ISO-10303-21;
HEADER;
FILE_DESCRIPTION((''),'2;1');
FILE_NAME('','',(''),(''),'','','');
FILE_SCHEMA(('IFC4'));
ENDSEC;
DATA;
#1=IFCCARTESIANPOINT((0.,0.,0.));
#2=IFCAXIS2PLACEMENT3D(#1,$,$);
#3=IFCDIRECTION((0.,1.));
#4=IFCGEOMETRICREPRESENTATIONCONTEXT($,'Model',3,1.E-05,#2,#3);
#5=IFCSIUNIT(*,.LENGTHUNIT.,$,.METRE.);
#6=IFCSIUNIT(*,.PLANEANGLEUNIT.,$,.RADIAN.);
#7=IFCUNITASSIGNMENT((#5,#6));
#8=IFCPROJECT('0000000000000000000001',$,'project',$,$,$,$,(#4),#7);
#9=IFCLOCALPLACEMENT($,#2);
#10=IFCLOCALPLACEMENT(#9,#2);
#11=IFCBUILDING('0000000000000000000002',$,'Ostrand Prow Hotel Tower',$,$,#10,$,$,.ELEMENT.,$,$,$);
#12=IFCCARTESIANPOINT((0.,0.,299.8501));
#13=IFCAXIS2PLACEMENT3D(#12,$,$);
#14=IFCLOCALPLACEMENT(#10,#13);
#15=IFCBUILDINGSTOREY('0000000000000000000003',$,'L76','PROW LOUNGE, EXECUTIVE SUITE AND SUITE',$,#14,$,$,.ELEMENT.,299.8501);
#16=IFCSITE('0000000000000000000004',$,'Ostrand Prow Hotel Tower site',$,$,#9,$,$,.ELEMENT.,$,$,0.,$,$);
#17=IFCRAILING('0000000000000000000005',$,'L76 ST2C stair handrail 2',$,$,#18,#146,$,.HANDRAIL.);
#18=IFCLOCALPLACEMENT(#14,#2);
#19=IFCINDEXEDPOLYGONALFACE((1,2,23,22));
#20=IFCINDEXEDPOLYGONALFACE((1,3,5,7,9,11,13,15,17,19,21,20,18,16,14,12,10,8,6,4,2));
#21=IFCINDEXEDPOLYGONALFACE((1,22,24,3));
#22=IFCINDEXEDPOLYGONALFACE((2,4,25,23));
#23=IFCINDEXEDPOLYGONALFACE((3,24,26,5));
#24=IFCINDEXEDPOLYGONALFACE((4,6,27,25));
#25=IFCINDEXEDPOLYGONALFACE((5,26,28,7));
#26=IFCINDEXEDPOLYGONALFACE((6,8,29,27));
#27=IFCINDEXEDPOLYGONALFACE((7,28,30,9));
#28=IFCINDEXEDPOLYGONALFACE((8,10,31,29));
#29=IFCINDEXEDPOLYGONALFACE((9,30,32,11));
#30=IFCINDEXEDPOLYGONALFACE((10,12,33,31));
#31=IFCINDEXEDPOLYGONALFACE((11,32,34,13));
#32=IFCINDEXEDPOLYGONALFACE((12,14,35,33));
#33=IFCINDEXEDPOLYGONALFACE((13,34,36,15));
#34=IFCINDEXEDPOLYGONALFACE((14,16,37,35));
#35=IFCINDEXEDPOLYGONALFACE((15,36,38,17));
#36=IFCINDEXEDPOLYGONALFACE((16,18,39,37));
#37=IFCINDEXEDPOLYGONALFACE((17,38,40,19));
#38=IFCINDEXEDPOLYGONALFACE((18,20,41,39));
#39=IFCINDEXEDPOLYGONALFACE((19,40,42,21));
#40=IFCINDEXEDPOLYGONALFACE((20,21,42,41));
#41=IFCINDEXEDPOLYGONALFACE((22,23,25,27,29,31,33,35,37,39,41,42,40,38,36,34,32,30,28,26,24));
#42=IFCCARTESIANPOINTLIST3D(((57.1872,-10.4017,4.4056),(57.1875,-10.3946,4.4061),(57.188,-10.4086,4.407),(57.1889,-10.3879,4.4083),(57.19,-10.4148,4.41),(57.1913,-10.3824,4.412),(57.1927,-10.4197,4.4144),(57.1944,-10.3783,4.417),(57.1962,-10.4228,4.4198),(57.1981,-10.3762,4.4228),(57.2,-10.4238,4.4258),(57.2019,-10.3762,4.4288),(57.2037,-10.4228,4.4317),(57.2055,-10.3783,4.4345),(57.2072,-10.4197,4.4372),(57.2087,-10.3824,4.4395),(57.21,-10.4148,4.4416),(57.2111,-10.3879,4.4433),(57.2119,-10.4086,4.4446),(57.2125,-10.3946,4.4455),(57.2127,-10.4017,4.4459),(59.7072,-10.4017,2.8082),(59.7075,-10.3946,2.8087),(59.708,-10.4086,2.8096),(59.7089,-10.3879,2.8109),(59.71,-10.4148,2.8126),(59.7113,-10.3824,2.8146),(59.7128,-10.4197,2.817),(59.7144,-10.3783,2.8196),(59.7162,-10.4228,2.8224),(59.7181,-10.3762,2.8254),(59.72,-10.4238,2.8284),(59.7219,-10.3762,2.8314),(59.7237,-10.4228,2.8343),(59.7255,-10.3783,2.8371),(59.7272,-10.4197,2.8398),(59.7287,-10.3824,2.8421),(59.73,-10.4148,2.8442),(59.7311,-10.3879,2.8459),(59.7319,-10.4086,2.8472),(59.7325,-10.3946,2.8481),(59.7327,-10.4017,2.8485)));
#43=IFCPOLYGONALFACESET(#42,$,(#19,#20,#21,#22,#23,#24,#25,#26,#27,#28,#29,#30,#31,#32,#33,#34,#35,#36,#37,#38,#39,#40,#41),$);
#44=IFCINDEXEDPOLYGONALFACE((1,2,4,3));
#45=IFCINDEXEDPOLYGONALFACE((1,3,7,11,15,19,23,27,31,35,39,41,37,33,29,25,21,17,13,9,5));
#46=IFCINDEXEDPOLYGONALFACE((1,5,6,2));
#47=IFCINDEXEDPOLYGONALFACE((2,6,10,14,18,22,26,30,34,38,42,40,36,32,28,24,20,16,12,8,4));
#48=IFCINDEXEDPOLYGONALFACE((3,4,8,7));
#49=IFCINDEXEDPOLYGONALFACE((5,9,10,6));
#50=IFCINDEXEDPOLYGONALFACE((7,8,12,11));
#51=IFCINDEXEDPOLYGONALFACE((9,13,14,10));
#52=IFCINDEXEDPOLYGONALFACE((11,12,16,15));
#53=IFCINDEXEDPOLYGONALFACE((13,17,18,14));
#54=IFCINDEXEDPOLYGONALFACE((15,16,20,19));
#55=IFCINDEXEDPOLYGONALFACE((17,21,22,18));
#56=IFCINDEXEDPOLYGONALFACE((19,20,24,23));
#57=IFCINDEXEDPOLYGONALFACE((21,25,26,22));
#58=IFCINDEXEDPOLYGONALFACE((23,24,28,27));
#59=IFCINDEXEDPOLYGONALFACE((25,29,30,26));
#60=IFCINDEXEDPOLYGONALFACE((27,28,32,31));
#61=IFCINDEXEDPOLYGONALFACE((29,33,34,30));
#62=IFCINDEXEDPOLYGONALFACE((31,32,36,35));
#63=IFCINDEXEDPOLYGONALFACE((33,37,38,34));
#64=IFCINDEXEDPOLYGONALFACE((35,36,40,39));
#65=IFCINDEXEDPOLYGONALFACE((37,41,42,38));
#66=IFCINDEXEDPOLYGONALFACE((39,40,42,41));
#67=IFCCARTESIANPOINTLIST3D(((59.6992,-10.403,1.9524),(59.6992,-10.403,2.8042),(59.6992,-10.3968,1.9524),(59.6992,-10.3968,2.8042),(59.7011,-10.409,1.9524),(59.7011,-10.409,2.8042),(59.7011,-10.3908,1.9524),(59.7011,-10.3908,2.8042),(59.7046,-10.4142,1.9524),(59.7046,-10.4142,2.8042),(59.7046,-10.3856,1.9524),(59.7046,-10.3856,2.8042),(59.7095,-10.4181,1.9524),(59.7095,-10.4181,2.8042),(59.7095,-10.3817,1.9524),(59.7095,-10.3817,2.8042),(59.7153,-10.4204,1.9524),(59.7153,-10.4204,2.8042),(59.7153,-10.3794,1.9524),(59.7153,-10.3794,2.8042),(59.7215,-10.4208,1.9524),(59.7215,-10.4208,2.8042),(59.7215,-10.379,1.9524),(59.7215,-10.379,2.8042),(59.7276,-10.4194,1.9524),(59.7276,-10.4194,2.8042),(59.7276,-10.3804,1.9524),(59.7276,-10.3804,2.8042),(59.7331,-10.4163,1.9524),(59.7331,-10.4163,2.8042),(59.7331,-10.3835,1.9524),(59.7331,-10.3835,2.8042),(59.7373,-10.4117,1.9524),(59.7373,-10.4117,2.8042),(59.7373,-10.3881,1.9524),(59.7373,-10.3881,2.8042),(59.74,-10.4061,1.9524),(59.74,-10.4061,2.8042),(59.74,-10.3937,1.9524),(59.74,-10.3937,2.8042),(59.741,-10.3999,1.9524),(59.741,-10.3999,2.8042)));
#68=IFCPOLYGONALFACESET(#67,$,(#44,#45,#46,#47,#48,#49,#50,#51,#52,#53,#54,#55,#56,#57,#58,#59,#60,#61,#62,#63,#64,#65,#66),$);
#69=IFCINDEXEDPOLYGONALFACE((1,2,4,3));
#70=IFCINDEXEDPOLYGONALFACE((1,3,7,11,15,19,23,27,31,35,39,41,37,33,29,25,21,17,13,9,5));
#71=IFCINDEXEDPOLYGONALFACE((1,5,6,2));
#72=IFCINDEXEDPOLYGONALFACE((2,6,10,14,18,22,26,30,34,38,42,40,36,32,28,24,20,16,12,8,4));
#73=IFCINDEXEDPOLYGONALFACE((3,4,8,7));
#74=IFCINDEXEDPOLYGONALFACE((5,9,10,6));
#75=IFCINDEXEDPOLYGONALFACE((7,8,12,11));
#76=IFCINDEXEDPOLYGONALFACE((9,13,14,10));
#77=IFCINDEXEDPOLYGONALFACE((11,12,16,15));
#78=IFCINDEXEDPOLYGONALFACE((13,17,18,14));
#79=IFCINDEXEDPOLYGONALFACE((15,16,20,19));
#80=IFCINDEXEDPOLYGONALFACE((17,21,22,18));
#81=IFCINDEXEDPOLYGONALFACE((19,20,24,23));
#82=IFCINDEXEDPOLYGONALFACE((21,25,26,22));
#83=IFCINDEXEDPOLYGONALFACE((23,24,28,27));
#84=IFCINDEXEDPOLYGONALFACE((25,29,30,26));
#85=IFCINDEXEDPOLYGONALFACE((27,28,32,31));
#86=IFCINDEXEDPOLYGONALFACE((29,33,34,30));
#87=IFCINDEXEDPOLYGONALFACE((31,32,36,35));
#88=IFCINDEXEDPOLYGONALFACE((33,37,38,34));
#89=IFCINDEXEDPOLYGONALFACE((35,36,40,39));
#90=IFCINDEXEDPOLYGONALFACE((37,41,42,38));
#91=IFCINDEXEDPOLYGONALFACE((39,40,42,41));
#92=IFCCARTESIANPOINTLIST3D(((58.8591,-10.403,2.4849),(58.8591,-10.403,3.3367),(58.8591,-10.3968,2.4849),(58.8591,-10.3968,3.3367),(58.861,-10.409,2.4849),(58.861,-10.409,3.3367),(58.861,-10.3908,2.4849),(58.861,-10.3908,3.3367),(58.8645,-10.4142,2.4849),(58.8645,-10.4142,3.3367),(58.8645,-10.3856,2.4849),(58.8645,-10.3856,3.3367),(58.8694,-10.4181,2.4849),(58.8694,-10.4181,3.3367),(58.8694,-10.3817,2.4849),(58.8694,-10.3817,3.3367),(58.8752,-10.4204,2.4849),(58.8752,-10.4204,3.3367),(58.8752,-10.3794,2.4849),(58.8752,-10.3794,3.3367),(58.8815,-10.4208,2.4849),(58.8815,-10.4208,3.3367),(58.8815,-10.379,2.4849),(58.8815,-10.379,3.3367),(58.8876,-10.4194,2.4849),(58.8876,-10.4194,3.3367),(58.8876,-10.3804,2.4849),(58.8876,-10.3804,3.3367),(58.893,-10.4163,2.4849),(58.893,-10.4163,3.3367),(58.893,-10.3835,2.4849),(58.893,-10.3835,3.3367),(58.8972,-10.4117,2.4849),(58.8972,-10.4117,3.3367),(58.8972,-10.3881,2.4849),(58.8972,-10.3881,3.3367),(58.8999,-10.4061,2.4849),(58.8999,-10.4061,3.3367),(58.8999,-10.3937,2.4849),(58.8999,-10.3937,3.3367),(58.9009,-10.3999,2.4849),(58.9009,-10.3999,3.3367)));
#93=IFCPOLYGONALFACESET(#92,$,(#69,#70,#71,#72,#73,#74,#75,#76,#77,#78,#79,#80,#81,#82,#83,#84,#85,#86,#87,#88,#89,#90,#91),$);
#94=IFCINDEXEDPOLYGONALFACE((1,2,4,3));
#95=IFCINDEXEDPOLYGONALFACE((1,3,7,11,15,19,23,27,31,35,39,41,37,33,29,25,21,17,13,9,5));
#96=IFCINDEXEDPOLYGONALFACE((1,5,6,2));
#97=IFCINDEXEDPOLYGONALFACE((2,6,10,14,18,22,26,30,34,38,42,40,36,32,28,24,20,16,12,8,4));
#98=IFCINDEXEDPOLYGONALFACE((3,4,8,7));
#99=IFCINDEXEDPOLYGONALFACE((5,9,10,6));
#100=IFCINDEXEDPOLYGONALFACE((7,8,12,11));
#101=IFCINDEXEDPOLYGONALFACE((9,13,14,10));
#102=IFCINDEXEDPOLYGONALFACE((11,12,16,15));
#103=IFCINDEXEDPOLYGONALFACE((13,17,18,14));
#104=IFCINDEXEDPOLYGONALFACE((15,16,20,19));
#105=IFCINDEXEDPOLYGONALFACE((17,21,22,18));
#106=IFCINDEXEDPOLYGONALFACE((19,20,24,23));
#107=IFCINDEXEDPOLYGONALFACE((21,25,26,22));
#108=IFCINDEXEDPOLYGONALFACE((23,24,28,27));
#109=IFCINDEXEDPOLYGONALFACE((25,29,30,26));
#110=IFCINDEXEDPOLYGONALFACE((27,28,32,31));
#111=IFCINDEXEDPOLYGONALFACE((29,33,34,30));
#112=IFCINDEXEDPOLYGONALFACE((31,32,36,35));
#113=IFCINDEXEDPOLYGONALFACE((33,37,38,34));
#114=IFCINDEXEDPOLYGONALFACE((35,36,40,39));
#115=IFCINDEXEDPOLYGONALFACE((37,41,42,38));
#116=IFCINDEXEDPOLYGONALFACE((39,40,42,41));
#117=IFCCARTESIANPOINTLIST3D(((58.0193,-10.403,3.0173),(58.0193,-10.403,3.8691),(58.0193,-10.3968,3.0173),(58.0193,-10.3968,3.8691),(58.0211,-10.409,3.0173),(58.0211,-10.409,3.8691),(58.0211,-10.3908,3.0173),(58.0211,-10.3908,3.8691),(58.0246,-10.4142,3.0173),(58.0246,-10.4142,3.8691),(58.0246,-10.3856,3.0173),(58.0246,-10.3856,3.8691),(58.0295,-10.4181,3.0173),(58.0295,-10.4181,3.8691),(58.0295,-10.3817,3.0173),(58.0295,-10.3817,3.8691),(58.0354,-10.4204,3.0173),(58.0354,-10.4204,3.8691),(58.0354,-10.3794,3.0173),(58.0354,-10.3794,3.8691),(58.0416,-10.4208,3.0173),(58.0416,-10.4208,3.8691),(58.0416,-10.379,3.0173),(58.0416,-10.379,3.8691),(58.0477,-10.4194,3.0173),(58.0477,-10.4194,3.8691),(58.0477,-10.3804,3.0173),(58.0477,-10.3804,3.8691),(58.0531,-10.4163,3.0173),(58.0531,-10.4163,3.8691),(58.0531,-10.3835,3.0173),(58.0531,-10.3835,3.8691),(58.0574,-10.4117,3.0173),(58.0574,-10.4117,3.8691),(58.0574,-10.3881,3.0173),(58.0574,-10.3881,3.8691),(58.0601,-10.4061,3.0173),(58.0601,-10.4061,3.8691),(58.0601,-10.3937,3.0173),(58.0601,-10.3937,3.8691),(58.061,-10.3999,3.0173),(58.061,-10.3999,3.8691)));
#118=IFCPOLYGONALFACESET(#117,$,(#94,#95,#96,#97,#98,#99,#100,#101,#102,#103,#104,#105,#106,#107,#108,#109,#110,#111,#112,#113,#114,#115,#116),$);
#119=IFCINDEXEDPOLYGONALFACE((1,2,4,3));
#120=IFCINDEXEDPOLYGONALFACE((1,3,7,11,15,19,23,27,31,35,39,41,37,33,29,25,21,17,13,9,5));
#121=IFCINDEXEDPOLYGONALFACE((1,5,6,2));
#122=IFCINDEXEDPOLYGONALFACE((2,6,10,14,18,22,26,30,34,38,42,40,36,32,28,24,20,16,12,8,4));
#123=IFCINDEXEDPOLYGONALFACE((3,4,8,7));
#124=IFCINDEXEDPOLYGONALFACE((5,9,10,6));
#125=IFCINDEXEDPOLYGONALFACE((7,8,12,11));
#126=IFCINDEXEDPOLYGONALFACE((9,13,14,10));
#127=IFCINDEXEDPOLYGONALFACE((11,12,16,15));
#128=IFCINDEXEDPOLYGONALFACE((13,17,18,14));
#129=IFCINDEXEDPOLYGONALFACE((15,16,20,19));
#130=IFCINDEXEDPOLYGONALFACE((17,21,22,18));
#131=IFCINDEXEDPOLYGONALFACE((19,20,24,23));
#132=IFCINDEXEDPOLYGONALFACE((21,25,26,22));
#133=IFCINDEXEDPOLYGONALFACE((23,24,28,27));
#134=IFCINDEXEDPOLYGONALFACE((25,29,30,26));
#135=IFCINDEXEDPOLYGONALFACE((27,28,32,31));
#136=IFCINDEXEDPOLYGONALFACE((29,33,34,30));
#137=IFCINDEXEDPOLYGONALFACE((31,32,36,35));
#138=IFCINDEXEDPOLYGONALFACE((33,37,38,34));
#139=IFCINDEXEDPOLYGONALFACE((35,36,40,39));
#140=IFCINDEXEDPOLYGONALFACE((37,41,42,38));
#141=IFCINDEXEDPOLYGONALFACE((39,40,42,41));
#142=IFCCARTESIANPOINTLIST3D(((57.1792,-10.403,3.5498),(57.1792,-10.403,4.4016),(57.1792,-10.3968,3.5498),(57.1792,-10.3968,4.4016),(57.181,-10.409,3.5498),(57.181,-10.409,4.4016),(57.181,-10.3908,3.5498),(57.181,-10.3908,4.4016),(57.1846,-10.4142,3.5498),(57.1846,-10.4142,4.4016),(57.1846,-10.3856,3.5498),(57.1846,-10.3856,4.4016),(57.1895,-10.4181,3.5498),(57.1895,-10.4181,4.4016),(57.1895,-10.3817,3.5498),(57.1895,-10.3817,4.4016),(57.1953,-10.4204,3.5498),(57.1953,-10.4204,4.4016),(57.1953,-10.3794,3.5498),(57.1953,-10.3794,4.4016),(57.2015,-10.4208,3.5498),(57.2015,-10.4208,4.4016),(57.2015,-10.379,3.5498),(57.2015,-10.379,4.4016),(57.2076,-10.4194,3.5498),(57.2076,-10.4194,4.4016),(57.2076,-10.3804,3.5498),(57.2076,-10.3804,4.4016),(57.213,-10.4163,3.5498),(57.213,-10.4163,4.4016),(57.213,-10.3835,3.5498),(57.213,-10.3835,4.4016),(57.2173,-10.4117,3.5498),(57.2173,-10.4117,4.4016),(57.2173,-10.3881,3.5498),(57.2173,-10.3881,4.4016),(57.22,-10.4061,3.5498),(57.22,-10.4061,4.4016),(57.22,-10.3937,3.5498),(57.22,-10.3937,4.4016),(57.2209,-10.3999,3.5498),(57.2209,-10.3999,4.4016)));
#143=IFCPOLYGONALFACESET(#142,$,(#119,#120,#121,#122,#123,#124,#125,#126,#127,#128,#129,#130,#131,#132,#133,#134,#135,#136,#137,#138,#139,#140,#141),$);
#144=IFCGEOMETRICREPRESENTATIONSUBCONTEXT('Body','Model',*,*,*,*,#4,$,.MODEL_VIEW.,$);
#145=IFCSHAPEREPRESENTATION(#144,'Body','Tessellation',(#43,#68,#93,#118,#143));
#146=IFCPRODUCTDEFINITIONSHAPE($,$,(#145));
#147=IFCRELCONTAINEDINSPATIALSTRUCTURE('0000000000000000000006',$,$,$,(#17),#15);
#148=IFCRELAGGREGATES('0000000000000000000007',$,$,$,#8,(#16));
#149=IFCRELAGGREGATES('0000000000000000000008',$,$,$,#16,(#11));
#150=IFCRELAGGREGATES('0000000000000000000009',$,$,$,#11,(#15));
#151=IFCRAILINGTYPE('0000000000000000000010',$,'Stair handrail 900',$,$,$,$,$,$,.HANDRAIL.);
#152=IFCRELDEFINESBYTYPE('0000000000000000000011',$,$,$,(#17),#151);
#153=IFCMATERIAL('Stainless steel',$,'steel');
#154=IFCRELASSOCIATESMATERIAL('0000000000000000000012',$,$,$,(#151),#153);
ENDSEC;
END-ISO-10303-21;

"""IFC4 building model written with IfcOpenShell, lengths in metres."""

from ifc_helpers import new_model, si_unit, direction, frame, origin, origin_2d, place, context, subcontext, project, spatial, circle, extrude, material, type_object, element, save


model = new_model("IFC4")

# Units and contexts
model_context = context("Model", 3, precision=1e-05, world=origin(), true_north=direction((0.0, 1.0)))
body_context = subcontext(model_context, "Body", "Model", "MODEL_VIEW")
ifc_project = project(units=[si_unit("LENGTHUNIT", "METRE"), si_unit("PLANEANGLEUNIT", "RADIAN")], contexts=[model_context])

# Site, building, storey
site_placement = place(None, origin())
site = spatial("IfcSite", under=ifc_project, at=site_placement, Name="Ostrand Prow Hotel Tower site", CompositionType="ELEMENT", RefElevation=0.0)
building_placement = place(site_placement, origin())
building = spatial("IfcBuilding", under=site, at=building_placement, Name="Ostrand Prow Hotel Tower", CompositionType="ELEMENT")
storey_placement = place(building_placement, frame((0.0, 0.0, 299.8501)))
storey = spatial("IfcBuildingStorey", under=building, at=storey_placement, Name="L76", Description="PROW LOUNGE, EXECUTIVE SUITE AND SUITE", CompositionType="ELEMENT", Elevation=299.8501)

# Railing
ifc_material_1 = material(Name="Stainless steel", Category="steel")
railing_type_1 = type_object("IfcRailingType", Name="Stair handrail 900", PredefinedType="HANDRAIL", material=ifc_material_1)
railing_1_placement = place(storey_placement, frame((59.72, -10.3999, 1.9524)))
element("IfcRailing", 1, at=railing_1_placement, inside=storey, type_object=railing_type_1, Name="L76 ST2C stair handrail 2", PredefinedType="HANDRAIL", context=body_context, shape_type="SweptSolid", body=[
    extrude(circle(Radius=0.0239, at=origin_2d()), frame((0.0, 0.0, 0.876), z_axis=(-0.844607, 0.0, 0.535387), x_axis=(0.0, -1.0, 0.0)), (0.0, 0.0, 1.0), 2.9836),
    extrude(circle(Radius=0.021, at=origin_2d()), origin(), (0.0, 0.0, 1.0), 0.8518),
    extrude(circle(Radius=0.021, at=origin_2d()), frame((-0.8401, 0.0, 0.5325)), (0.0, 0.0, 1.0), 0.8518),
    extrude(circle(Radius=0.021, at=origin_2d()), frame((-1.6799, 0.0, 1.0649)), (0.0, 0.0, 1.0), 0.8518),
    extrude(circle(Radius=0.021, at=origin_2d()), frame((-2.52, 0.0, 1.5974)), (0.0, 0.0, 1.0), 0.8518),
])

save(model, "model.ifc")
